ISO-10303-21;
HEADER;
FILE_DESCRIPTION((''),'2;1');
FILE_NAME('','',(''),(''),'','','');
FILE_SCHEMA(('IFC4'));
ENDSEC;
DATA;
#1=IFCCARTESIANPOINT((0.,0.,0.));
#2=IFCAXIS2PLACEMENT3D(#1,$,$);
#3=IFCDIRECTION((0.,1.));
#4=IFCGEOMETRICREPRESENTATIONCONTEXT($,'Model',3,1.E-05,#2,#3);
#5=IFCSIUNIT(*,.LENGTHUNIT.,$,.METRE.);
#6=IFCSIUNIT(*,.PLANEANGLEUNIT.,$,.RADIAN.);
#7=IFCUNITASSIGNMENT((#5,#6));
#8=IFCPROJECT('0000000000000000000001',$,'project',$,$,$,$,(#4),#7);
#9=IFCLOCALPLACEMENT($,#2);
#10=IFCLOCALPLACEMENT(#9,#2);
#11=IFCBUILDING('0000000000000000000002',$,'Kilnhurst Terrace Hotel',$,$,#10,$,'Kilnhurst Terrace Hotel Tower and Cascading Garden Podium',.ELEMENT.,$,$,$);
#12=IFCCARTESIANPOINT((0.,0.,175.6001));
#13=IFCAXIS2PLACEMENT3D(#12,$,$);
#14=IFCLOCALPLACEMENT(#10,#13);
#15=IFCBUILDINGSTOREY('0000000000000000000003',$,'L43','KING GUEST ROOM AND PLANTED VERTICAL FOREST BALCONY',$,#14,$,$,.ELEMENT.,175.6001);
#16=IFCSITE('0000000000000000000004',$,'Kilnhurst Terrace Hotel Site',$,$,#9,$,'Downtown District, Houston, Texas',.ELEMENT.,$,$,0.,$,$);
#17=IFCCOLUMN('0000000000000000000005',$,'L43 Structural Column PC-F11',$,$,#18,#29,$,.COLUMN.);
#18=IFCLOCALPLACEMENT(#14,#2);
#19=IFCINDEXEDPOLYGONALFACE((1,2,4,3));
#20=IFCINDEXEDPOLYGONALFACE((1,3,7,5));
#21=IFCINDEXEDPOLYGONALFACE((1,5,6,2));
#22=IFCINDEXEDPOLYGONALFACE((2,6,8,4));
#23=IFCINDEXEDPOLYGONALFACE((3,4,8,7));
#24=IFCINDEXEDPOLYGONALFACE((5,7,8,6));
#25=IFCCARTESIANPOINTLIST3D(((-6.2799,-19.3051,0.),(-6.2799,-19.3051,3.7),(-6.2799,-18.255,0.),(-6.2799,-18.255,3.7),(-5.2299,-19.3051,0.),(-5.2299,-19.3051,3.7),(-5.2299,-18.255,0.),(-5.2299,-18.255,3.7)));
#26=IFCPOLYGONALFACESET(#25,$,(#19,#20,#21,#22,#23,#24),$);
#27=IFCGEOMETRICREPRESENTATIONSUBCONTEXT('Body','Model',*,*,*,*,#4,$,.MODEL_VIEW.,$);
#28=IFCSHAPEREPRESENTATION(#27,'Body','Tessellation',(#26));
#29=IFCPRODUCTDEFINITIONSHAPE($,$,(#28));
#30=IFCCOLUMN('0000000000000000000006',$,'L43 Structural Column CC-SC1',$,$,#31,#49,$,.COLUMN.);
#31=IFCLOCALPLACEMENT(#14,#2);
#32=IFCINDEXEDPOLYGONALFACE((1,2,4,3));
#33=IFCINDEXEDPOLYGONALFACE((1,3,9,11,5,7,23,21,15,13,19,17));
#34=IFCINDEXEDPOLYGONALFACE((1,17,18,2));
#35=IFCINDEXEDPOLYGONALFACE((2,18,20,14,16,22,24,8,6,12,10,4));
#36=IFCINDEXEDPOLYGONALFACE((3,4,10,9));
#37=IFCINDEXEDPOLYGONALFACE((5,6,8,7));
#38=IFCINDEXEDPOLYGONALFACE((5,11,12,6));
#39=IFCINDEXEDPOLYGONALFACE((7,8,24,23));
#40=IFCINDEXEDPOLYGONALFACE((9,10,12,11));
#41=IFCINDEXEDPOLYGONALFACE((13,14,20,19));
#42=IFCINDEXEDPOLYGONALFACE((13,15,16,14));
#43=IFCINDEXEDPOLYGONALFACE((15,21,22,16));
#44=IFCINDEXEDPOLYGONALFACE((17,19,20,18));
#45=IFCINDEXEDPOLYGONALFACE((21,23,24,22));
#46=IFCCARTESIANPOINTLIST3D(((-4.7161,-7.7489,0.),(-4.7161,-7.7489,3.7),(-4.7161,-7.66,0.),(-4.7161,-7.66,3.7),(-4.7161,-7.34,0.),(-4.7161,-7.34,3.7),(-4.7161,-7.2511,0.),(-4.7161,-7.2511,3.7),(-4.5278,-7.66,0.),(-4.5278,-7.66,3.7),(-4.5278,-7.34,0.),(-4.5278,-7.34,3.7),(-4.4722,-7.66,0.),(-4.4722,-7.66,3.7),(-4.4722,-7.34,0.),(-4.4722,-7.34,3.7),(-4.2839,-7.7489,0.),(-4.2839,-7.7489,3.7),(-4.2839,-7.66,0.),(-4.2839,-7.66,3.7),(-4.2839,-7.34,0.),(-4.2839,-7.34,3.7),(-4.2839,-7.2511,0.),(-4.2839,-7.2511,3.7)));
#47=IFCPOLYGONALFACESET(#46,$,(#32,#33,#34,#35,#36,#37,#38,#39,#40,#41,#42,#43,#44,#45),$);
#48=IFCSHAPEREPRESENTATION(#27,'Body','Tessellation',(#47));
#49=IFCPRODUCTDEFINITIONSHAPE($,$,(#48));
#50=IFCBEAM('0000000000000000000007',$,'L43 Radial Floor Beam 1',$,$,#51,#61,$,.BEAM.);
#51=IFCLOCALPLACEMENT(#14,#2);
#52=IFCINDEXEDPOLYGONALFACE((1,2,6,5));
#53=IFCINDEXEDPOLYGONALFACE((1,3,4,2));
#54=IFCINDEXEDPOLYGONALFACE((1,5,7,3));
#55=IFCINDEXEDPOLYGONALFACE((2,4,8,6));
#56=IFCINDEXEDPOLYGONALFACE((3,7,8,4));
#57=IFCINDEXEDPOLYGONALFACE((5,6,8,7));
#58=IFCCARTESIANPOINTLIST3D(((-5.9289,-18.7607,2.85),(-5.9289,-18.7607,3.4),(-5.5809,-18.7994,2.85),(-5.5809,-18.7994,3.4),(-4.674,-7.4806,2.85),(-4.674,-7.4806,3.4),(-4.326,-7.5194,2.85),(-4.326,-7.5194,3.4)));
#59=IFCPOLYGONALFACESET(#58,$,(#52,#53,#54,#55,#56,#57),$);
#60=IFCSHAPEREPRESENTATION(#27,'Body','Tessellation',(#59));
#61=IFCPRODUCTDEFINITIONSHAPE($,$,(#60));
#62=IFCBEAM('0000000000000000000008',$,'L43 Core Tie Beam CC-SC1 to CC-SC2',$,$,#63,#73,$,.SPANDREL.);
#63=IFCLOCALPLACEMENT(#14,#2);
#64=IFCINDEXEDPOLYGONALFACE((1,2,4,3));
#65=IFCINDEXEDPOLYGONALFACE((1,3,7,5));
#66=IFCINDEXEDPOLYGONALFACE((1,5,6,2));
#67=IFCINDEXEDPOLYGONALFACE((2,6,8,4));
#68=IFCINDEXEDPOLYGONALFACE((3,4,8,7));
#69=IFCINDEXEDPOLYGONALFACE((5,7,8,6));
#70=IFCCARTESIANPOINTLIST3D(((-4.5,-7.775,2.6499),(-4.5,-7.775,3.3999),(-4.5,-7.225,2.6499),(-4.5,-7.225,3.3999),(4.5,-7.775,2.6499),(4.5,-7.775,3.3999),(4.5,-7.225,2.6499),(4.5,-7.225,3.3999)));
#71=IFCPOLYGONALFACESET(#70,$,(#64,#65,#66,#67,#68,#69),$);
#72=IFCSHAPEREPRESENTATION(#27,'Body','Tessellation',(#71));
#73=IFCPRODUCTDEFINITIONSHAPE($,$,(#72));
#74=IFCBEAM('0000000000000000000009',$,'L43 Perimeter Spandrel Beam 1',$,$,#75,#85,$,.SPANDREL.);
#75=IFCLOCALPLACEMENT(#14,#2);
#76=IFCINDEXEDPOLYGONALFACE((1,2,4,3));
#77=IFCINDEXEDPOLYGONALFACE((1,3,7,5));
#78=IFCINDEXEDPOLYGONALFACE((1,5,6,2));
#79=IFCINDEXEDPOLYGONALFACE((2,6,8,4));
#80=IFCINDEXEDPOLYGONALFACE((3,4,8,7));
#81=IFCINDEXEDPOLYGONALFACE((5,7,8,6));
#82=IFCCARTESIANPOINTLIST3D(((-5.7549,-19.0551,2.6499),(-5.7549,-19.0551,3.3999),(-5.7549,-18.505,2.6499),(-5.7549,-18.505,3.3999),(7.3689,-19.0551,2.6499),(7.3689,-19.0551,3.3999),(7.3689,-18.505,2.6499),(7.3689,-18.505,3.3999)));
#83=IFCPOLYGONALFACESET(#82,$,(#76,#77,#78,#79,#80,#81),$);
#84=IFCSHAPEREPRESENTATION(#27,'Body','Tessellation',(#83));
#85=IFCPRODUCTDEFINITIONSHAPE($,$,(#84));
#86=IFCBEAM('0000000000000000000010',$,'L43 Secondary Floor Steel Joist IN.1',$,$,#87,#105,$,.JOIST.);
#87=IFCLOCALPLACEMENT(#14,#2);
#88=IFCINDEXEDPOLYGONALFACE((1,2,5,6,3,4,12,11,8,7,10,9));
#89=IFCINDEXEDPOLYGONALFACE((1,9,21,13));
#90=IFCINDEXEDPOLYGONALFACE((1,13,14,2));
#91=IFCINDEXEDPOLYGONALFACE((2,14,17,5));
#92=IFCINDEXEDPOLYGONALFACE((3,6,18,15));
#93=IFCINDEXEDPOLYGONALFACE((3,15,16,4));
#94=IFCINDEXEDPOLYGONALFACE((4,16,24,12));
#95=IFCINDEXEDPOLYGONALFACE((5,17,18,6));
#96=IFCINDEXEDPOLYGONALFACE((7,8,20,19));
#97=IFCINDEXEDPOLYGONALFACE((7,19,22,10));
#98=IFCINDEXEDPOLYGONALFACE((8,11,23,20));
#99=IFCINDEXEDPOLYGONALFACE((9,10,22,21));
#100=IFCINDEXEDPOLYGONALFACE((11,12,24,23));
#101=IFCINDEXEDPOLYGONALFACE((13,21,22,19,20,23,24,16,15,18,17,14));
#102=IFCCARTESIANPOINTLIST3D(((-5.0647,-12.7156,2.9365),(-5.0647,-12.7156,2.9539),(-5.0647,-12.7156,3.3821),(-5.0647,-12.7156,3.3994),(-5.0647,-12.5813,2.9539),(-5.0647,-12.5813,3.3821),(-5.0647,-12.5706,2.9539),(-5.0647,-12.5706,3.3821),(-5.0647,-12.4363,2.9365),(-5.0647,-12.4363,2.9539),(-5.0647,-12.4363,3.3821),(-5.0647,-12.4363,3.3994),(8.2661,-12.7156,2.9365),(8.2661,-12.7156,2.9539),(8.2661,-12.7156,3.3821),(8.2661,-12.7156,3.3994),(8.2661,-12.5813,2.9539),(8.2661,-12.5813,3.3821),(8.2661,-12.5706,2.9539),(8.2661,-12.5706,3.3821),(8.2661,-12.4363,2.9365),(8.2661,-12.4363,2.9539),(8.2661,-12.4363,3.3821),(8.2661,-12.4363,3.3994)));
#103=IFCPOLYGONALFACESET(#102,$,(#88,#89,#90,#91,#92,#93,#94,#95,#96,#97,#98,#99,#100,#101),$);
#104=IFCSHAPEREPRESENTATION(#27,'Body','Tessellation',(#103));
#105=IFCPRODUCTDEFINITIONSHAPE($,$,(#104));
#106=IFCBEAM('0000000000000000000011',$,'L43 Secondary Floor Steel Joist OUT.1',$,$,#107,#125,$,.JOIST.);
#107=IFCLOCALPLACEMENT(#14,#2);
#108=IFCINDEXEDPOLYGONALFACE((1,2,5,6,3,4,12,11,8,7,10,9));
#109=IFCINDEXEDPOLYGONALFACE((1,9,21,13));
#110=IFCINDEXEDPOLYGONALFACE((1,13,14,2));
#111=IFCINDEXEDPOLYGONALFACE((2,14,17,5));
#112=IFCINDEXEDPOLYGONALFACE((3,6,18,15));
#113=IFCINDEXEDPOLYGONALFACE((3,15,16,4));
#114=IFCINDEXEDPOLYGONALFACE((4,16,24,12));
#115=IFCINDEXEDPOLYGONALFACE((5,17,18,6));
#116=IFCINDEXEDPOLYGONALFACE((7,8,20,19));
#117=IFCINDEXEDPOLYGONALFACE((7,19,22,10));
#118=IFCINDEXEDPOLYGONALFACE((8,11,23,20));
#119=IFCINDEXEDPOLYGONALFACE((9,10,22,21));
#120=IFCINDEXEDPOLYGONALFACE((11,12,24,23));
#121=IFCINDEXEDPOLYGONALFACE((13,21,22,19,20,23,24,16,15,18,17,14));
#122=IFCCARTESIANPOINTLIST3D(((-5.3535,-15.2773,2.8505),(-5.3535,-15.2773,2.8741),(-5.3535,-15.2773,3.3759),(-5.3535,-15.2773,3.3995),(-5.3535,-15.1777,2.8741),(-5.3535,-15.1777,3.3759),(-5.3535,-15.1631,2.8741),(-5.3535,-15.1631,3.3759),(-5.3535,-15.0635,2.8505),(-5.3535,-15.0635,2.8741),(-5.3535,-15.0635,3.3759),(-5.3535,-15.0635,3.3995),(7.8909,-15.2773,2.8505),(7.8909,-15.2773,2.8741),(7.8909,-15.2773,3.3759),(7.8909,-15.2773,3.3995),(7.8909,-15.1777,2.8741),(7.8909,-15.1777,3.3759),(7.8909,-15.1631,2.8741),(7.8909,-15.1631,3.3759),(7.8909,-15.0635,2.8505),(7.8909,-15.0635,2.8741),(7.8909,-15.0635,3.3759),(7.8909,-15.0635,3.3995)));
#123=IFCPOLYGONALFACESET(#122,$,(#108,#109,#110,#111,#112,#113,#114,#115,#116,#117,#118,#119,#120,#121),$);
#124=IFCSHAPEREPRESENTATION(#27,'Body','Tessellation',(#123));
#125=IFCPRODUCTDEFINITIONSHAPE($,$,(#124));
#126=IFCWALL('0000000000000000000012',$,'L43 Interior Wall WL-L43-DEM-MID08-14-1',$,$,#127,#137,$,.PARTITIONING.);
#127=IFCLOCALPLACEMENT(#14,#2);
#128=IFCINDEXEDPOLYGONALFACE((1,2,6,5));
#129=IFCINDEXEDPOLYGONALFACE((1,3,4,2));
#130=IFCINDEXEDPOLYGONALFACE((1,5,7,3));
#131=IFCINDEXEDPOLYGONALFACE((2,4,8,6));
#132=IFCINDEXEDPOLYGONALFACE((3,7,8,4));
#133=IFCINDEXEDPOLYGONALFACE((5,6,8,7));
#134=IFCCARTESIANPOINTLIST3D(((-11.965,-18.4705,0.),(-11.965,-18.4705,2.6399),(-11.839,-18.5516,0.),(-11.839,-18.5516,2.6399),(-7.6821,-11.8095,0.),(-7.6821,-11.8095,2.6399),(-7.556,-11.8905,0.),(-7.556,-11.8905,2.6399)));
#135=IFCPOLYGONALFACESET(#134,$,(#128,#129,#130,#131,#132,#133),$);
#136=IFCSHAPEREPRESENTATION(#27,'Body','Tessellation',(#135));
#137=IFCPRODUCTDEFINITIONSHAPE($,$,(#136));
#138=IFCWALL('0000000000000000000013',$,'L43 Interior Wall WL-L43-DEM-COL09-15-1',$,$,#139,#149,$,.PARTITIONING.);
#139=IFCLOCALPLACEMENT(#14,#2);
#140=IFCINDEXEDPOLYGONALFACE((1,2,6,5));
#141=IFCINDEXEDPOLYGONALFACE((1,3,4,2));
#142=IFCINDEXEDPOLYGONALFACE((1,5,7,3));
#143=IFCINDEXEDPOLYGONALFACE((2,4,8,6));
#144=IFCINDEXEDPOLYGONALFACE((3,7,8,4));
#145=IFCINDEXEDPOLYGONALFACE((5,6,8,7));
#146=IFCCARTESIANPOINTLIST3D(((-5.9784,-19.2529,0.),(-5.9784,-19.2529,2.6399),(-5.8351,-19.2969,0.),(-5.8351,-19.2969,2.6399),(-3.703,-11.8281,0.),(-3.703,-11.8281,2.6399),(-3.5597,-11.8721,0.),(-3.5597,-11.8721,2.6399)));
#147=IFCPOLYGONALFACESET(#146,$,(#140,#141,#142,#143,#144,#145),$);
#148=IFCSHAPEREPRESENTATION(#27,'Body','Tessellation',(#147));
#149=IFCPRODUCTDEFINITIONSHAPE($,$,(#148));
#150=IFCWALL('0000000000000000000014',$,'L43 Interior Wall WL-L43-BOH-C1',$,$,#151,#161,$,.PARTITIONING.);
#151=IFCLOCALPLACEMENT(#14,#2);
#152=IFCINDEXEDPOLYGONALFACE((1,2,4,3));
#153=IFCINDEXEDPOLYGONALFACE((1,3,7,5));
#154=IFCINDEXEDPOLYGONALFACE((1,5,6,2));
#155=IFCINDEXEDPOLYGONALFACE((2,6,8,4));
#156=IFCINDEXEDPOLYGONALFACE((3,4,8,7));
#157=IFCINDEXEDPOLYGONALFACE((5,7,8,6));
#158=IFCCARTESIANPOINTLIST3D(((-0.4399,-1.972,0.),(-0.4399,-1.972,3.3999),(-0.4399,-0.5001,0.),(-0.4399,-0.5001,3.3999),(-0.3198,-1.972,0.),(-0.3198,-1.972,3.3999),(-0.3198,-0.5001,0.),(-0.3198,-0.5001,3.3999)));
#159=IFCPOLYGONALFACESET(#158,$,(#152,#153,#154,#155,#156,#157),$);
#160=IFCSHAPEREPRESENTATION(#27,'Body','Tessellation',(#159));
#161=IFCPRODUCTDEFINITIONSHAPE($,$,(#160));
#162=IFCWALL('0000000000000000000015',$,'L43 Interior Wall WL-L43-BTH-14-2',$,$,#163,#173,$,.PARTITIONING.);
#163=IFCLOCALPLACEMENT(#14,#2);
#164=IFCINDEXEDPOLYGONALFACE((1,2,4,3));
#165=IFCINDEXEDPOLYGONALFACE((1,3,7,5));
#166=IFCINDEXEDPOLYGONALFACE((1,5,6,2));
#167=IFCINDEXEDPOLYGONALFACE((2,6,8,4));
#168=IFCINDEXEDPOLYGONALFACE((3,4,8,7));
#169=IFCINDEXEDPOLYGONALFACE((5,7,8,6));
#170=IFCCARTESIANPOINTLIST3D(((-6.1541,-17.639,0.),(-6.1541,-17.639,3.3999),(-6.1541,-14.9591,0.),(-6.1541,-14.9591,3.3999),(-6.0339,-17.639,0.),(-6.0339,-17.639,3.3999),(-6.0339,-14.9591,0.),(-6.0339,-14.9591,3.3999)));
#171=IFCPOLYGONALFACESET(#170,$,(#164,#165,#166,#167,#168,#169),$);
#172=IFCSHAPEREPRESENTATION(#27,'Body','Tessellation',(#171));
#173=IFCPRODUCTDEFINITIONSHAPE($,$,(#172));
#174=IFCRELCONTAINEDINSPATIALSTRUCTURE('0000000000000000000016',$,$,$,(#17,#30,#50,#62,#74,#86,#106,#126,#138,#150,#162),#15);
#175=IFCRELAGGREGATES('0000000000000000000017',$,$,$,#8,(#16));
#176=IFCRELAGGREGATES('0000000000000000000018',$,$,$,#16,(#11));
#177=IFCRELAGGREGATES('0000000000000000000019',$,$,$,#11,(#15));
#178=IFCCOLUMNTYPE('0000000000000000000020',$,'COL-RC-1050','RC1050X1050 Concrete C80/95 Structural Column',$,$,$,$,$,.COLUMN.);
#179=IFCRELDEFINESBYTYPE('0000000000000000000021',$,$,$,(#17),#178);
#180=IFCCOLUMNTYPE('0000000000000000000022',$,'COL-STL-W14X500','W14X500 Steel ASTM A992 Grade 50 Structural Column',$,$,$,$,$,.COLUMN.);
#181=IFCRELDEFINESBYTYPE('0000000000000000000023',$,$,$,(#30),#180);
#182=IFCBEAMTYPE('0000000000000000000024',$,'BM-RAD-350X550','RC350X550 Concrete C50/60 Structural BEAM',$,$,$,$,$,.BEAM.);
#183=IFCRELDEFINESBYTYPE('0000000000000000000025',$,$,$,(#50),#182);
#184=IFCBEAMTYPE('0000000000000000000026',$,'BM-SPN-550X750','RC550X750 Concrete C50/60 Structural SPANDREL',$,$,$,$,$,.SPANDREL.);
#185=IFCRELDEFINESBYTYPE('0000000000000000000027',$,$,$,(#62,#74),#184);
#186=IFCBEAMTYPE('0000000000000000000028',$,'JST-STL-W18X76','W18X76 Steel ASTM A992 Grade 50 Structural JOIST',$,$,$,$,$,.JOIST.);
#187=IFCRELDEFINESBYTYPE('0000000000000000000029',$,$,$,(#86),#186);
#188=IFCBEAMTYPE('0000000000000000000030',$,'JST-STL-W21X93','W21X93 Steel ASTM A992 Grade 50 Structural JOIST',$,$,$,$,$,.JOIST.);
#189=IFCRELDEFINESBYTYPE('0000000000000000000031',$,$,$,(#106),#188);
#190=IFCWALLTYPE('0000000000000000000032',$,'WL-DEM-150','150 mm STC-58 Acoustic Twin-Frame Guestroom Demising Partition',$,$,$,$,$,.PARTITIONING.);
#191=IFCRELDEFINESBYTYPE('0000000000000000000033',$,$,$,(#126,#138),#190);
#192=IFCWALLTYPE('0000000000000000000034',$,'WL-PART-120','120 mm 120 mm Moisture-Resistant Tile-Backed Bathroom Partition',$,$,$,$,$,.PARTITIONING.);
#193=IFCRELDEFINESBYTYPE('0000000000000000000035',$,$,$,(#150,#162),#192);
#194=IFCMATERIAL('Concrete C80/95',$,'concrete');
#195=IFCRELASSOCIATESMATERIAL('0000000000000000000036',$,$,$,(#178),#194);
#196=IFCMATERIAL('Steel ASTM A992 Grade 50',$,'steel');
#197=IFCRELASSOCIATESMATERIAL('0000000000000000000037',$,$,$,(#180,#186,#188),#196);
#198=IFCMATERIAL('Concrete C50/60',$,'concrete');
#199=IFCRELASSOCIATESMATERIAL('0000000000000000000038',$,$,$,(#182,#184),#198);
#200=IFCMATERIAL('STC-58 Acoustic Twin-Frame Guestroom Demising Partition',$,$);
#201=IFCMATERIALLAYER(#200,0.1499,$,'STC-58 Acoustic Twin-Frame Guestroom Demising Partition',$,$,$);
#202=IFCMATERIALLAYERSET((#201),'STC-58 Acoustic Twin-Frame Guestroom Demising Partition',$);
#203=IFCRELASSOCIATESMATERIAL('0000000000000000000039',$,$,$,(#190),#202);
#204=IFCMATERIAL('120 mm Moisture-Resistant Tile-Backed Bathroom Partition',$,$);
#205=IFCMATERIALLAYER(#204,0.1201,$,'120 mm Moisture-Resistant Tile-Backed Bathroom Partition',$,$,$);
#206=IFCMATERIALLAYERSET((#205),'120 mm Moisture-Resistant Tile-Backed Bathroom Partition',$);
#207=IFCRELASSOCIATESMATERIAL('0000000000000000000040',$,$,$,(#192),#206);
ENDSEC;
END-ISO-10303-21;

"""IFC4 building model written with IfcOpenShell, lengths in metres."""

from ifc_helpers import new_model, si_unit, direction, frame, frame_2d, origin, origin_2d, place, context, subcontext, project, spatial, rectangle, i_section, extrude, material, layer, layer_set, material_profile, profile_set, type_object, element, save


model = new_model("IFC4")

# Units and contexts
model_context = context("Model", 3, precision=1e-05, world=origin(), true_north=direction((0.0, 1.0)))
body_context = subcontext(model_context, "Body", "Model", "MODEL_VIEW")
ifc_project = project(units=[si_unit("LENGTHUNIT", "METRE"), si_unit("PLANEANGLEUNIT", "RADIAN")], contexts=[model_context])

# Site, building, storey
site_placement = place(None, origin())
site = spatial("IfcSite", under=ifc_project, at=site_placement, Name="Kilnhurst Terrace Hotel Site", LongName="Downtown District, Houston, Texas", CompositionType="ELEMENT", RefElevation=0.0)
building_placement = place(site_placement, origin())
building = spatial("IfcBuilding", under=site, at=building_placement, Name="Kilnhurst Terrace Hotel", LongName="Kilnhurst Terrace Hotel Tower and Cascading Garden Podium", CompositionType="ELEMENT")
storey_placement = place(building_placement, frame((0.0, 0.0, 175.6001)))
storey = spatial("IfcBuildingStorey", under=building, at=storey_placement, Name="L43", Description="KING GUEST ROOM AND PLANTED VERTICAL FOREST BALCONY", CompositionType="ELEMENT", Elevation=175.6001)

# Columns
ifc_material_1 = material(Name="Concrete C80/95", Category="concrete")
ifc_material_profile_1 = material_profile(ifc_material_1, rectangle(XDim=1.05, YDim=1.05, at=origin_2d()), Name="RC1050X1050")
ifc_profile_set_1 = profile_set([ifc_material_profile_1], Name="Concrete C80/95")
column_type_1 = type_object("IfcColumnType", Name="COL-RC-1050", Description="RC1050X1050 Concrete C80/95 Structural Column", PredefinedType="COLUMN", material=ifc_profile_set_1)
column_1_placement = place(storey_placement, frame((-5.7549, -18.78, 0.0), z_axis=(0.0, 0.0, 1.0), x_axis=(1.0, 0.0, 0.0)))
element("IfcColumn", 1, at=column_1_placement, inside=storey, type_object=column_type_1, Name="L43 Structural Column PC-F11", PredefinedType="COLUMN", context=body_context, shape_type="SweptSolid", body=[
    extrude(rectangle(XDim=1.05, YDim=1.05, at=origin_2d()), origin(), (0.0, 0.0, 1.0), 3.7),
])
ifc_material_2 = material(Name="Steel ASTM A992 Grade 50", Category="steel")
ifc_material_profile_2 = material_profile(ifc_material_2, i_section(OverallWidth=0.4321, OverallDepth=0.4978, WebThickness=0.0557, FlangeThickness=0.0889, at=origin_2d()), Name="W14X500")
ifc_profile_set_2 = profile_set([ifc_material_profile_2], Name="Steel ASTM A992 Grade 50")
column_type_2 = type_object("IfcColumnType", Name="COL-STL-W14X500", Description="W14X500 Steel ASTM A992 Grade 50 Structural Column", PredefinedType="COLUMN", material=ifc_profile_set_2)
column_2_placement = place(storey_placement, frame((-4.5, -7.5, 0.0), z_axis=(0.0, 0.0, 1.0), x_axis=(1.0, 0.0, 0.0)))
element("IfcColumn", 2, at=column_2_placement, inside=storey, type_object=column_type_2, Name="L43 Structural Column CC-SC1", PredefinedType="COLUMN", context=body_context, shape_type="SweptSolid", body=[
    extrude(i_section(OverallWidth=0.4321, OverallDepth=0.4978, WebThickness=0.0557, FlangeThickness=0.0889, at=origin_2d()), origin(), (0.0, 0.0, 1.0), 3.7),
])

# Beams
ifc_material_3 = material(Name="Concrete C50/60", Category="concrete")
ifc_material_profile_3 = material_profile(ifc_material_3, rectangle(XDim=0.3501, YDim=0.55, at=origin_2d()), Name="RC350X550")
ifc_profile_set_3 = profile_set([ifc_material_profile_3], Name="Concrete C50/60")
beam_type_1 = type_object("IfcBeamType", Name="BM-RAD-350X550", Description="RC350X550 Concrete C50/60 Structural BEAM", PredefinedType="BEAM", material=ifc_profile_set_3)
beam_1_placement = place(storey_placement, frame((-4.5, -7.5, 3.125), z_axis=(-0.110566, -0.993869, 0.0), x_axis=(0.993869, -0.110566, 0.0)))
element("IfcBeam", 3, at=beam_1_placement, inside=storey, type_object=beam_type_1, Name="L43 Radial Floor Beam 1", PredefinedType="BEAM", context=body_context, shape_type="SweptSolid", body=[
    extrude(rectangle(XDim=0.3501, YDim=0.55, at=origin_2d()), origin(), (0.0, 0.0, 1.0), 11.3496),
])
ifc_material_profile_4 = material_profile(ifc_material_3, rectangle(XDim=0.55, YDim=0.75, at=origin_2d()), Name="RC550X750")
ifc_profile_set_4 = profile_set([ifc_material_profile_4], Name="Concrete C50/60")
beam_type_2 = type_object("IfcBeamType", Name="BM-SPN-550X750", Description="RC550X750 Concrete C50/60 Structural SPANDREL", PredefinedType="SPANDREL", material=ifc_profile_set_4)
beam_2_placement = place(storey_placement, frame((-4.5, -7.5, 3.0249), z_axis=(1.0, 0.0, 0.0), x_axis=(0.0, 1.0, 0.0)))
element("IfcBeam", 4, at=beam_2_placement, inside=storey, type_object=beam_type_2, Name="L43 Core Tie Beam CC-SC1 to CC-SC2", PredefinedType="SPANDREL", context=body_context, shape_type="SweptSolid", body=[
    extrude(rectangle(XDim=0.55, YDim=0.75, at=origin_2d()), origin(), (0.0, 0.0, 1.0), 9.0),
])
beam_3_placement = place(storey_placement, frame((-5.7549, -18.78, 3.0249), z_axis=(1.0, 0.0, 0.0), x_axis=(0.0, 1.0, 0.0)))
element("IfcBeam", 5, at=beam_3_placement, inside=storey, type_object=beam_type_2, Name="L43 Perimeter Spandrel Beam 1", PredefinedType="SPANDREL", context=body_context, shape_type="SweptSolid", body=[
    extrude(rectangle(XDim=0.55, YDim=0.75, at=origin_2d()), origin(), (0.0, 0.0, 1.0), 13.1238),
])
ifc_material_profile_5 = material_profile(ifc_material_2, i_section(OverallWidth=0.2793, OverallDepth=0.4629, WebThickness=0.0107, FlangeThickness=0.0173, at=origin_2d()), Name="W18X76")
ifc_profile_set_5 = profile_set([ifc_material_profile_5], Name="Steel ASTM A992 Grade 50")
beam_type_3 = type_object("IfcBeamType", Name="JST-STL-W18X76", Description="W18X76 Steel ASTM A992 Grade 50 Structural JOIST", PredefinedType="JOIST", material=ifc_profile_set_5)
beam_4_placement = place(storey_placement, frame((-5.0647, -12.5759, 3.168), z_axis=(1.0, 0.0, 0.0), x_axis=(0.0, 1.0, 0.0)))
element("IfcBeam", 6, at=beam_4_placement, inside=storey, type_object=beam_type_3, Name="L43 Secondary Floor Steel Joist IN.1", PredefinedType="JOIST", context=body_context, shape_type="SweptSolid", body=[
    extrude(i_section(OverallWidth=0.2793, OverallDepth=0.4629, WebThickness=0.0107, FlangeThickness=0.0173, at=origin_2d()), origin(), (0.0, 0.0, 1.0), 13.3308),
])
ifc_material_profile_6 = material_profile(ifc_material_2, i_section(OverallWidth=0.2139, OverallDepth=0.5491, WebThickness=0.0146, FlangeThickness=0.0237, at=origin_2d()), Name="W21X93")
ifc_profile_set_6 = profile_set([ifc_material_profile_6], Name="Steel ASTM A992 Grade 50")
beam_type_4 = type_object("IfcBeamType", Name="JST-STL-W21X93", Description="W21X93 Steel ASTM A992 Grade 50 Structural JOIST", PredefinedType="JOIST", material=ifc_profile_set_6)
beam_5_placement = place(storey_placement, frame((-5.3535, -15.1704, 3.125), z_axis=(1.0, 0.0, 0.0), x_axis=(0.0, 1.0, 0.0)))
element("IfcBeam", 7, at=beam_5_placement, inside=storey, type_object=beam_type_4, Name="L43 Secondary Floor Steel Joist OUT.1", PredefinedType="JOIST", context=body_context, shape_type="SweptSolid", body=[
    extrude(i_section(OverallWidth=0.2139, OverallDepth=0.5491, WebThickness=0.0146, FlangeThickness=0.0237, at=origin_2d()), origin(), (0.0, 0.0, 1.0), 13.2444),
])

# Walls
ifc_material_4 = material(Name="STC-58 Acoustic Twin-Frame Guestroom Demising Partition")
ifc_layer_1 = layer(ifc_material_4, 0.1499, Name="STC-58 Acoustic Twin-Frame Guestroom Demising Partition")
ifc_layer_set_1 = layer_set([ifc_layer_1], Name="STC-58 Acoustic Twin-Frame Guestroom Demising Partition")
wall_type_1 = type_object("IfcWallType", Name="WL-DEM-150", Description="150 mm STC-58 Acoustic Twin-Frame Guestroom Demising Partition", PredefinedType="PARTITIONING", material=ifc_layer_set_1)
wall_1_placement = place(storey_placement, frame((-7.6191, -11.8501, 0.0), z_axis=(0.0, 0.0, 1.0), x_axis=(-0.540829, -0.841132, 0.0)))
element("IfcWall", 8, at=wall_1_placement, inside=storey, type_object=wall_type_1, Name="L43 Interior Wall WL-L43-DEM-MID08-14-1", PredefinedType="PARTITIONING", context=body_context, shape_type="SweptSolid", body=[
    extrude(rectangle(XDim=7.9192, YDim=0.1499, at=frame_2d((3.9595, 0.0))), origin(), (0.0, 0.0, 1.0), 2.6399),
])
wall_2_placement = place(storey_placement, frame((-3.6313, -11.8501, 0.0), z_axis=(0.0, 0.0, 1.0), x_axis=(-0.293008, -0.95611, 0.0)))
element("IfcWall", 9, at=wall_2_placement, inside=storey, type_object=wall_type_1, Name="L43 Interior Wall WL-L43-DEM-COL09-15-1", PredefinedType="PARTITIONING", context=body_context, shape_type="SweptSolid", body=[
    extrude(rectangle(XDim=7.7656, YDim=0.1499, at=frame_2d((3.8828, 0.0))), origin(), (0.0, 0.0, 1.0), 2.6399),
])
ifc_material_5 = material(Name="120 mm Moisture-Resistant Tile-Backed Bathroom Partition")
ifc_layer_2 = layer(ifc_material_5, 0.1201, Name="120 mm Moisture-Resistant Tile-Backed Bathroom Partition")
ifc_layer_set_2 = layer_set([ifc_layer_2], Name="120 mm Moisture-Resistant Tile-Backed Bathroom Partition")
wall_type_2 = type_object("IfcWallType", Name="WL-PART-120", Description="120 mm 120 mm Moisture-Resistant Tile-Backed Bathroom Partition", PredefinedType="PARTITIONING", material=ifc_layer_set_2)
wall_3_placement = place(storey_placement, frame((-0.3799, -1.9719, 0.0), z_axis=(0.0, 0.0, 1.0), x_axis=(0.0, 1.0, 0.0)))
element("IfcWall", 10, at=wall_3_placement, inside=storey, type_object=wall_type_2, Name="L43 Interior Wall WL-L43-BOH-C1", PredefinedType="PARTITIONING", context=body_context, shape_type="SweptSolid", body=[
    extrude(rectangle(XDim=1.4719, YDim=0.1201, at=frame_2d((0.7358, 0.0))), origin(), (0.0, 0.0, 1.0), 3.3999),
])
wall_4_placement = place(storey_placement, frame((-6.094, -17.6389, 0.0), z_axis=(0.0, 0.0, 1.0), x_axis=(0.0, 1.0, 0.0)))
element("IfcWall", 11, at=wall_4_placement, inside=storey, type_object=wall_type_2, Name="L43 Interior Wall WL-L43-BTH-14-2", PredefinedType="PARTITIONING", context=body_context, shape_type="SweptSolid", body=[
    extrude(rectangle(XDim=2.6799, YDim=0.1201, at=frame_2d((1.3398, 0.0))), origin(), (0.0, 0.0, 1.0), 3.3999),
])

save(model, "model.ifc")
